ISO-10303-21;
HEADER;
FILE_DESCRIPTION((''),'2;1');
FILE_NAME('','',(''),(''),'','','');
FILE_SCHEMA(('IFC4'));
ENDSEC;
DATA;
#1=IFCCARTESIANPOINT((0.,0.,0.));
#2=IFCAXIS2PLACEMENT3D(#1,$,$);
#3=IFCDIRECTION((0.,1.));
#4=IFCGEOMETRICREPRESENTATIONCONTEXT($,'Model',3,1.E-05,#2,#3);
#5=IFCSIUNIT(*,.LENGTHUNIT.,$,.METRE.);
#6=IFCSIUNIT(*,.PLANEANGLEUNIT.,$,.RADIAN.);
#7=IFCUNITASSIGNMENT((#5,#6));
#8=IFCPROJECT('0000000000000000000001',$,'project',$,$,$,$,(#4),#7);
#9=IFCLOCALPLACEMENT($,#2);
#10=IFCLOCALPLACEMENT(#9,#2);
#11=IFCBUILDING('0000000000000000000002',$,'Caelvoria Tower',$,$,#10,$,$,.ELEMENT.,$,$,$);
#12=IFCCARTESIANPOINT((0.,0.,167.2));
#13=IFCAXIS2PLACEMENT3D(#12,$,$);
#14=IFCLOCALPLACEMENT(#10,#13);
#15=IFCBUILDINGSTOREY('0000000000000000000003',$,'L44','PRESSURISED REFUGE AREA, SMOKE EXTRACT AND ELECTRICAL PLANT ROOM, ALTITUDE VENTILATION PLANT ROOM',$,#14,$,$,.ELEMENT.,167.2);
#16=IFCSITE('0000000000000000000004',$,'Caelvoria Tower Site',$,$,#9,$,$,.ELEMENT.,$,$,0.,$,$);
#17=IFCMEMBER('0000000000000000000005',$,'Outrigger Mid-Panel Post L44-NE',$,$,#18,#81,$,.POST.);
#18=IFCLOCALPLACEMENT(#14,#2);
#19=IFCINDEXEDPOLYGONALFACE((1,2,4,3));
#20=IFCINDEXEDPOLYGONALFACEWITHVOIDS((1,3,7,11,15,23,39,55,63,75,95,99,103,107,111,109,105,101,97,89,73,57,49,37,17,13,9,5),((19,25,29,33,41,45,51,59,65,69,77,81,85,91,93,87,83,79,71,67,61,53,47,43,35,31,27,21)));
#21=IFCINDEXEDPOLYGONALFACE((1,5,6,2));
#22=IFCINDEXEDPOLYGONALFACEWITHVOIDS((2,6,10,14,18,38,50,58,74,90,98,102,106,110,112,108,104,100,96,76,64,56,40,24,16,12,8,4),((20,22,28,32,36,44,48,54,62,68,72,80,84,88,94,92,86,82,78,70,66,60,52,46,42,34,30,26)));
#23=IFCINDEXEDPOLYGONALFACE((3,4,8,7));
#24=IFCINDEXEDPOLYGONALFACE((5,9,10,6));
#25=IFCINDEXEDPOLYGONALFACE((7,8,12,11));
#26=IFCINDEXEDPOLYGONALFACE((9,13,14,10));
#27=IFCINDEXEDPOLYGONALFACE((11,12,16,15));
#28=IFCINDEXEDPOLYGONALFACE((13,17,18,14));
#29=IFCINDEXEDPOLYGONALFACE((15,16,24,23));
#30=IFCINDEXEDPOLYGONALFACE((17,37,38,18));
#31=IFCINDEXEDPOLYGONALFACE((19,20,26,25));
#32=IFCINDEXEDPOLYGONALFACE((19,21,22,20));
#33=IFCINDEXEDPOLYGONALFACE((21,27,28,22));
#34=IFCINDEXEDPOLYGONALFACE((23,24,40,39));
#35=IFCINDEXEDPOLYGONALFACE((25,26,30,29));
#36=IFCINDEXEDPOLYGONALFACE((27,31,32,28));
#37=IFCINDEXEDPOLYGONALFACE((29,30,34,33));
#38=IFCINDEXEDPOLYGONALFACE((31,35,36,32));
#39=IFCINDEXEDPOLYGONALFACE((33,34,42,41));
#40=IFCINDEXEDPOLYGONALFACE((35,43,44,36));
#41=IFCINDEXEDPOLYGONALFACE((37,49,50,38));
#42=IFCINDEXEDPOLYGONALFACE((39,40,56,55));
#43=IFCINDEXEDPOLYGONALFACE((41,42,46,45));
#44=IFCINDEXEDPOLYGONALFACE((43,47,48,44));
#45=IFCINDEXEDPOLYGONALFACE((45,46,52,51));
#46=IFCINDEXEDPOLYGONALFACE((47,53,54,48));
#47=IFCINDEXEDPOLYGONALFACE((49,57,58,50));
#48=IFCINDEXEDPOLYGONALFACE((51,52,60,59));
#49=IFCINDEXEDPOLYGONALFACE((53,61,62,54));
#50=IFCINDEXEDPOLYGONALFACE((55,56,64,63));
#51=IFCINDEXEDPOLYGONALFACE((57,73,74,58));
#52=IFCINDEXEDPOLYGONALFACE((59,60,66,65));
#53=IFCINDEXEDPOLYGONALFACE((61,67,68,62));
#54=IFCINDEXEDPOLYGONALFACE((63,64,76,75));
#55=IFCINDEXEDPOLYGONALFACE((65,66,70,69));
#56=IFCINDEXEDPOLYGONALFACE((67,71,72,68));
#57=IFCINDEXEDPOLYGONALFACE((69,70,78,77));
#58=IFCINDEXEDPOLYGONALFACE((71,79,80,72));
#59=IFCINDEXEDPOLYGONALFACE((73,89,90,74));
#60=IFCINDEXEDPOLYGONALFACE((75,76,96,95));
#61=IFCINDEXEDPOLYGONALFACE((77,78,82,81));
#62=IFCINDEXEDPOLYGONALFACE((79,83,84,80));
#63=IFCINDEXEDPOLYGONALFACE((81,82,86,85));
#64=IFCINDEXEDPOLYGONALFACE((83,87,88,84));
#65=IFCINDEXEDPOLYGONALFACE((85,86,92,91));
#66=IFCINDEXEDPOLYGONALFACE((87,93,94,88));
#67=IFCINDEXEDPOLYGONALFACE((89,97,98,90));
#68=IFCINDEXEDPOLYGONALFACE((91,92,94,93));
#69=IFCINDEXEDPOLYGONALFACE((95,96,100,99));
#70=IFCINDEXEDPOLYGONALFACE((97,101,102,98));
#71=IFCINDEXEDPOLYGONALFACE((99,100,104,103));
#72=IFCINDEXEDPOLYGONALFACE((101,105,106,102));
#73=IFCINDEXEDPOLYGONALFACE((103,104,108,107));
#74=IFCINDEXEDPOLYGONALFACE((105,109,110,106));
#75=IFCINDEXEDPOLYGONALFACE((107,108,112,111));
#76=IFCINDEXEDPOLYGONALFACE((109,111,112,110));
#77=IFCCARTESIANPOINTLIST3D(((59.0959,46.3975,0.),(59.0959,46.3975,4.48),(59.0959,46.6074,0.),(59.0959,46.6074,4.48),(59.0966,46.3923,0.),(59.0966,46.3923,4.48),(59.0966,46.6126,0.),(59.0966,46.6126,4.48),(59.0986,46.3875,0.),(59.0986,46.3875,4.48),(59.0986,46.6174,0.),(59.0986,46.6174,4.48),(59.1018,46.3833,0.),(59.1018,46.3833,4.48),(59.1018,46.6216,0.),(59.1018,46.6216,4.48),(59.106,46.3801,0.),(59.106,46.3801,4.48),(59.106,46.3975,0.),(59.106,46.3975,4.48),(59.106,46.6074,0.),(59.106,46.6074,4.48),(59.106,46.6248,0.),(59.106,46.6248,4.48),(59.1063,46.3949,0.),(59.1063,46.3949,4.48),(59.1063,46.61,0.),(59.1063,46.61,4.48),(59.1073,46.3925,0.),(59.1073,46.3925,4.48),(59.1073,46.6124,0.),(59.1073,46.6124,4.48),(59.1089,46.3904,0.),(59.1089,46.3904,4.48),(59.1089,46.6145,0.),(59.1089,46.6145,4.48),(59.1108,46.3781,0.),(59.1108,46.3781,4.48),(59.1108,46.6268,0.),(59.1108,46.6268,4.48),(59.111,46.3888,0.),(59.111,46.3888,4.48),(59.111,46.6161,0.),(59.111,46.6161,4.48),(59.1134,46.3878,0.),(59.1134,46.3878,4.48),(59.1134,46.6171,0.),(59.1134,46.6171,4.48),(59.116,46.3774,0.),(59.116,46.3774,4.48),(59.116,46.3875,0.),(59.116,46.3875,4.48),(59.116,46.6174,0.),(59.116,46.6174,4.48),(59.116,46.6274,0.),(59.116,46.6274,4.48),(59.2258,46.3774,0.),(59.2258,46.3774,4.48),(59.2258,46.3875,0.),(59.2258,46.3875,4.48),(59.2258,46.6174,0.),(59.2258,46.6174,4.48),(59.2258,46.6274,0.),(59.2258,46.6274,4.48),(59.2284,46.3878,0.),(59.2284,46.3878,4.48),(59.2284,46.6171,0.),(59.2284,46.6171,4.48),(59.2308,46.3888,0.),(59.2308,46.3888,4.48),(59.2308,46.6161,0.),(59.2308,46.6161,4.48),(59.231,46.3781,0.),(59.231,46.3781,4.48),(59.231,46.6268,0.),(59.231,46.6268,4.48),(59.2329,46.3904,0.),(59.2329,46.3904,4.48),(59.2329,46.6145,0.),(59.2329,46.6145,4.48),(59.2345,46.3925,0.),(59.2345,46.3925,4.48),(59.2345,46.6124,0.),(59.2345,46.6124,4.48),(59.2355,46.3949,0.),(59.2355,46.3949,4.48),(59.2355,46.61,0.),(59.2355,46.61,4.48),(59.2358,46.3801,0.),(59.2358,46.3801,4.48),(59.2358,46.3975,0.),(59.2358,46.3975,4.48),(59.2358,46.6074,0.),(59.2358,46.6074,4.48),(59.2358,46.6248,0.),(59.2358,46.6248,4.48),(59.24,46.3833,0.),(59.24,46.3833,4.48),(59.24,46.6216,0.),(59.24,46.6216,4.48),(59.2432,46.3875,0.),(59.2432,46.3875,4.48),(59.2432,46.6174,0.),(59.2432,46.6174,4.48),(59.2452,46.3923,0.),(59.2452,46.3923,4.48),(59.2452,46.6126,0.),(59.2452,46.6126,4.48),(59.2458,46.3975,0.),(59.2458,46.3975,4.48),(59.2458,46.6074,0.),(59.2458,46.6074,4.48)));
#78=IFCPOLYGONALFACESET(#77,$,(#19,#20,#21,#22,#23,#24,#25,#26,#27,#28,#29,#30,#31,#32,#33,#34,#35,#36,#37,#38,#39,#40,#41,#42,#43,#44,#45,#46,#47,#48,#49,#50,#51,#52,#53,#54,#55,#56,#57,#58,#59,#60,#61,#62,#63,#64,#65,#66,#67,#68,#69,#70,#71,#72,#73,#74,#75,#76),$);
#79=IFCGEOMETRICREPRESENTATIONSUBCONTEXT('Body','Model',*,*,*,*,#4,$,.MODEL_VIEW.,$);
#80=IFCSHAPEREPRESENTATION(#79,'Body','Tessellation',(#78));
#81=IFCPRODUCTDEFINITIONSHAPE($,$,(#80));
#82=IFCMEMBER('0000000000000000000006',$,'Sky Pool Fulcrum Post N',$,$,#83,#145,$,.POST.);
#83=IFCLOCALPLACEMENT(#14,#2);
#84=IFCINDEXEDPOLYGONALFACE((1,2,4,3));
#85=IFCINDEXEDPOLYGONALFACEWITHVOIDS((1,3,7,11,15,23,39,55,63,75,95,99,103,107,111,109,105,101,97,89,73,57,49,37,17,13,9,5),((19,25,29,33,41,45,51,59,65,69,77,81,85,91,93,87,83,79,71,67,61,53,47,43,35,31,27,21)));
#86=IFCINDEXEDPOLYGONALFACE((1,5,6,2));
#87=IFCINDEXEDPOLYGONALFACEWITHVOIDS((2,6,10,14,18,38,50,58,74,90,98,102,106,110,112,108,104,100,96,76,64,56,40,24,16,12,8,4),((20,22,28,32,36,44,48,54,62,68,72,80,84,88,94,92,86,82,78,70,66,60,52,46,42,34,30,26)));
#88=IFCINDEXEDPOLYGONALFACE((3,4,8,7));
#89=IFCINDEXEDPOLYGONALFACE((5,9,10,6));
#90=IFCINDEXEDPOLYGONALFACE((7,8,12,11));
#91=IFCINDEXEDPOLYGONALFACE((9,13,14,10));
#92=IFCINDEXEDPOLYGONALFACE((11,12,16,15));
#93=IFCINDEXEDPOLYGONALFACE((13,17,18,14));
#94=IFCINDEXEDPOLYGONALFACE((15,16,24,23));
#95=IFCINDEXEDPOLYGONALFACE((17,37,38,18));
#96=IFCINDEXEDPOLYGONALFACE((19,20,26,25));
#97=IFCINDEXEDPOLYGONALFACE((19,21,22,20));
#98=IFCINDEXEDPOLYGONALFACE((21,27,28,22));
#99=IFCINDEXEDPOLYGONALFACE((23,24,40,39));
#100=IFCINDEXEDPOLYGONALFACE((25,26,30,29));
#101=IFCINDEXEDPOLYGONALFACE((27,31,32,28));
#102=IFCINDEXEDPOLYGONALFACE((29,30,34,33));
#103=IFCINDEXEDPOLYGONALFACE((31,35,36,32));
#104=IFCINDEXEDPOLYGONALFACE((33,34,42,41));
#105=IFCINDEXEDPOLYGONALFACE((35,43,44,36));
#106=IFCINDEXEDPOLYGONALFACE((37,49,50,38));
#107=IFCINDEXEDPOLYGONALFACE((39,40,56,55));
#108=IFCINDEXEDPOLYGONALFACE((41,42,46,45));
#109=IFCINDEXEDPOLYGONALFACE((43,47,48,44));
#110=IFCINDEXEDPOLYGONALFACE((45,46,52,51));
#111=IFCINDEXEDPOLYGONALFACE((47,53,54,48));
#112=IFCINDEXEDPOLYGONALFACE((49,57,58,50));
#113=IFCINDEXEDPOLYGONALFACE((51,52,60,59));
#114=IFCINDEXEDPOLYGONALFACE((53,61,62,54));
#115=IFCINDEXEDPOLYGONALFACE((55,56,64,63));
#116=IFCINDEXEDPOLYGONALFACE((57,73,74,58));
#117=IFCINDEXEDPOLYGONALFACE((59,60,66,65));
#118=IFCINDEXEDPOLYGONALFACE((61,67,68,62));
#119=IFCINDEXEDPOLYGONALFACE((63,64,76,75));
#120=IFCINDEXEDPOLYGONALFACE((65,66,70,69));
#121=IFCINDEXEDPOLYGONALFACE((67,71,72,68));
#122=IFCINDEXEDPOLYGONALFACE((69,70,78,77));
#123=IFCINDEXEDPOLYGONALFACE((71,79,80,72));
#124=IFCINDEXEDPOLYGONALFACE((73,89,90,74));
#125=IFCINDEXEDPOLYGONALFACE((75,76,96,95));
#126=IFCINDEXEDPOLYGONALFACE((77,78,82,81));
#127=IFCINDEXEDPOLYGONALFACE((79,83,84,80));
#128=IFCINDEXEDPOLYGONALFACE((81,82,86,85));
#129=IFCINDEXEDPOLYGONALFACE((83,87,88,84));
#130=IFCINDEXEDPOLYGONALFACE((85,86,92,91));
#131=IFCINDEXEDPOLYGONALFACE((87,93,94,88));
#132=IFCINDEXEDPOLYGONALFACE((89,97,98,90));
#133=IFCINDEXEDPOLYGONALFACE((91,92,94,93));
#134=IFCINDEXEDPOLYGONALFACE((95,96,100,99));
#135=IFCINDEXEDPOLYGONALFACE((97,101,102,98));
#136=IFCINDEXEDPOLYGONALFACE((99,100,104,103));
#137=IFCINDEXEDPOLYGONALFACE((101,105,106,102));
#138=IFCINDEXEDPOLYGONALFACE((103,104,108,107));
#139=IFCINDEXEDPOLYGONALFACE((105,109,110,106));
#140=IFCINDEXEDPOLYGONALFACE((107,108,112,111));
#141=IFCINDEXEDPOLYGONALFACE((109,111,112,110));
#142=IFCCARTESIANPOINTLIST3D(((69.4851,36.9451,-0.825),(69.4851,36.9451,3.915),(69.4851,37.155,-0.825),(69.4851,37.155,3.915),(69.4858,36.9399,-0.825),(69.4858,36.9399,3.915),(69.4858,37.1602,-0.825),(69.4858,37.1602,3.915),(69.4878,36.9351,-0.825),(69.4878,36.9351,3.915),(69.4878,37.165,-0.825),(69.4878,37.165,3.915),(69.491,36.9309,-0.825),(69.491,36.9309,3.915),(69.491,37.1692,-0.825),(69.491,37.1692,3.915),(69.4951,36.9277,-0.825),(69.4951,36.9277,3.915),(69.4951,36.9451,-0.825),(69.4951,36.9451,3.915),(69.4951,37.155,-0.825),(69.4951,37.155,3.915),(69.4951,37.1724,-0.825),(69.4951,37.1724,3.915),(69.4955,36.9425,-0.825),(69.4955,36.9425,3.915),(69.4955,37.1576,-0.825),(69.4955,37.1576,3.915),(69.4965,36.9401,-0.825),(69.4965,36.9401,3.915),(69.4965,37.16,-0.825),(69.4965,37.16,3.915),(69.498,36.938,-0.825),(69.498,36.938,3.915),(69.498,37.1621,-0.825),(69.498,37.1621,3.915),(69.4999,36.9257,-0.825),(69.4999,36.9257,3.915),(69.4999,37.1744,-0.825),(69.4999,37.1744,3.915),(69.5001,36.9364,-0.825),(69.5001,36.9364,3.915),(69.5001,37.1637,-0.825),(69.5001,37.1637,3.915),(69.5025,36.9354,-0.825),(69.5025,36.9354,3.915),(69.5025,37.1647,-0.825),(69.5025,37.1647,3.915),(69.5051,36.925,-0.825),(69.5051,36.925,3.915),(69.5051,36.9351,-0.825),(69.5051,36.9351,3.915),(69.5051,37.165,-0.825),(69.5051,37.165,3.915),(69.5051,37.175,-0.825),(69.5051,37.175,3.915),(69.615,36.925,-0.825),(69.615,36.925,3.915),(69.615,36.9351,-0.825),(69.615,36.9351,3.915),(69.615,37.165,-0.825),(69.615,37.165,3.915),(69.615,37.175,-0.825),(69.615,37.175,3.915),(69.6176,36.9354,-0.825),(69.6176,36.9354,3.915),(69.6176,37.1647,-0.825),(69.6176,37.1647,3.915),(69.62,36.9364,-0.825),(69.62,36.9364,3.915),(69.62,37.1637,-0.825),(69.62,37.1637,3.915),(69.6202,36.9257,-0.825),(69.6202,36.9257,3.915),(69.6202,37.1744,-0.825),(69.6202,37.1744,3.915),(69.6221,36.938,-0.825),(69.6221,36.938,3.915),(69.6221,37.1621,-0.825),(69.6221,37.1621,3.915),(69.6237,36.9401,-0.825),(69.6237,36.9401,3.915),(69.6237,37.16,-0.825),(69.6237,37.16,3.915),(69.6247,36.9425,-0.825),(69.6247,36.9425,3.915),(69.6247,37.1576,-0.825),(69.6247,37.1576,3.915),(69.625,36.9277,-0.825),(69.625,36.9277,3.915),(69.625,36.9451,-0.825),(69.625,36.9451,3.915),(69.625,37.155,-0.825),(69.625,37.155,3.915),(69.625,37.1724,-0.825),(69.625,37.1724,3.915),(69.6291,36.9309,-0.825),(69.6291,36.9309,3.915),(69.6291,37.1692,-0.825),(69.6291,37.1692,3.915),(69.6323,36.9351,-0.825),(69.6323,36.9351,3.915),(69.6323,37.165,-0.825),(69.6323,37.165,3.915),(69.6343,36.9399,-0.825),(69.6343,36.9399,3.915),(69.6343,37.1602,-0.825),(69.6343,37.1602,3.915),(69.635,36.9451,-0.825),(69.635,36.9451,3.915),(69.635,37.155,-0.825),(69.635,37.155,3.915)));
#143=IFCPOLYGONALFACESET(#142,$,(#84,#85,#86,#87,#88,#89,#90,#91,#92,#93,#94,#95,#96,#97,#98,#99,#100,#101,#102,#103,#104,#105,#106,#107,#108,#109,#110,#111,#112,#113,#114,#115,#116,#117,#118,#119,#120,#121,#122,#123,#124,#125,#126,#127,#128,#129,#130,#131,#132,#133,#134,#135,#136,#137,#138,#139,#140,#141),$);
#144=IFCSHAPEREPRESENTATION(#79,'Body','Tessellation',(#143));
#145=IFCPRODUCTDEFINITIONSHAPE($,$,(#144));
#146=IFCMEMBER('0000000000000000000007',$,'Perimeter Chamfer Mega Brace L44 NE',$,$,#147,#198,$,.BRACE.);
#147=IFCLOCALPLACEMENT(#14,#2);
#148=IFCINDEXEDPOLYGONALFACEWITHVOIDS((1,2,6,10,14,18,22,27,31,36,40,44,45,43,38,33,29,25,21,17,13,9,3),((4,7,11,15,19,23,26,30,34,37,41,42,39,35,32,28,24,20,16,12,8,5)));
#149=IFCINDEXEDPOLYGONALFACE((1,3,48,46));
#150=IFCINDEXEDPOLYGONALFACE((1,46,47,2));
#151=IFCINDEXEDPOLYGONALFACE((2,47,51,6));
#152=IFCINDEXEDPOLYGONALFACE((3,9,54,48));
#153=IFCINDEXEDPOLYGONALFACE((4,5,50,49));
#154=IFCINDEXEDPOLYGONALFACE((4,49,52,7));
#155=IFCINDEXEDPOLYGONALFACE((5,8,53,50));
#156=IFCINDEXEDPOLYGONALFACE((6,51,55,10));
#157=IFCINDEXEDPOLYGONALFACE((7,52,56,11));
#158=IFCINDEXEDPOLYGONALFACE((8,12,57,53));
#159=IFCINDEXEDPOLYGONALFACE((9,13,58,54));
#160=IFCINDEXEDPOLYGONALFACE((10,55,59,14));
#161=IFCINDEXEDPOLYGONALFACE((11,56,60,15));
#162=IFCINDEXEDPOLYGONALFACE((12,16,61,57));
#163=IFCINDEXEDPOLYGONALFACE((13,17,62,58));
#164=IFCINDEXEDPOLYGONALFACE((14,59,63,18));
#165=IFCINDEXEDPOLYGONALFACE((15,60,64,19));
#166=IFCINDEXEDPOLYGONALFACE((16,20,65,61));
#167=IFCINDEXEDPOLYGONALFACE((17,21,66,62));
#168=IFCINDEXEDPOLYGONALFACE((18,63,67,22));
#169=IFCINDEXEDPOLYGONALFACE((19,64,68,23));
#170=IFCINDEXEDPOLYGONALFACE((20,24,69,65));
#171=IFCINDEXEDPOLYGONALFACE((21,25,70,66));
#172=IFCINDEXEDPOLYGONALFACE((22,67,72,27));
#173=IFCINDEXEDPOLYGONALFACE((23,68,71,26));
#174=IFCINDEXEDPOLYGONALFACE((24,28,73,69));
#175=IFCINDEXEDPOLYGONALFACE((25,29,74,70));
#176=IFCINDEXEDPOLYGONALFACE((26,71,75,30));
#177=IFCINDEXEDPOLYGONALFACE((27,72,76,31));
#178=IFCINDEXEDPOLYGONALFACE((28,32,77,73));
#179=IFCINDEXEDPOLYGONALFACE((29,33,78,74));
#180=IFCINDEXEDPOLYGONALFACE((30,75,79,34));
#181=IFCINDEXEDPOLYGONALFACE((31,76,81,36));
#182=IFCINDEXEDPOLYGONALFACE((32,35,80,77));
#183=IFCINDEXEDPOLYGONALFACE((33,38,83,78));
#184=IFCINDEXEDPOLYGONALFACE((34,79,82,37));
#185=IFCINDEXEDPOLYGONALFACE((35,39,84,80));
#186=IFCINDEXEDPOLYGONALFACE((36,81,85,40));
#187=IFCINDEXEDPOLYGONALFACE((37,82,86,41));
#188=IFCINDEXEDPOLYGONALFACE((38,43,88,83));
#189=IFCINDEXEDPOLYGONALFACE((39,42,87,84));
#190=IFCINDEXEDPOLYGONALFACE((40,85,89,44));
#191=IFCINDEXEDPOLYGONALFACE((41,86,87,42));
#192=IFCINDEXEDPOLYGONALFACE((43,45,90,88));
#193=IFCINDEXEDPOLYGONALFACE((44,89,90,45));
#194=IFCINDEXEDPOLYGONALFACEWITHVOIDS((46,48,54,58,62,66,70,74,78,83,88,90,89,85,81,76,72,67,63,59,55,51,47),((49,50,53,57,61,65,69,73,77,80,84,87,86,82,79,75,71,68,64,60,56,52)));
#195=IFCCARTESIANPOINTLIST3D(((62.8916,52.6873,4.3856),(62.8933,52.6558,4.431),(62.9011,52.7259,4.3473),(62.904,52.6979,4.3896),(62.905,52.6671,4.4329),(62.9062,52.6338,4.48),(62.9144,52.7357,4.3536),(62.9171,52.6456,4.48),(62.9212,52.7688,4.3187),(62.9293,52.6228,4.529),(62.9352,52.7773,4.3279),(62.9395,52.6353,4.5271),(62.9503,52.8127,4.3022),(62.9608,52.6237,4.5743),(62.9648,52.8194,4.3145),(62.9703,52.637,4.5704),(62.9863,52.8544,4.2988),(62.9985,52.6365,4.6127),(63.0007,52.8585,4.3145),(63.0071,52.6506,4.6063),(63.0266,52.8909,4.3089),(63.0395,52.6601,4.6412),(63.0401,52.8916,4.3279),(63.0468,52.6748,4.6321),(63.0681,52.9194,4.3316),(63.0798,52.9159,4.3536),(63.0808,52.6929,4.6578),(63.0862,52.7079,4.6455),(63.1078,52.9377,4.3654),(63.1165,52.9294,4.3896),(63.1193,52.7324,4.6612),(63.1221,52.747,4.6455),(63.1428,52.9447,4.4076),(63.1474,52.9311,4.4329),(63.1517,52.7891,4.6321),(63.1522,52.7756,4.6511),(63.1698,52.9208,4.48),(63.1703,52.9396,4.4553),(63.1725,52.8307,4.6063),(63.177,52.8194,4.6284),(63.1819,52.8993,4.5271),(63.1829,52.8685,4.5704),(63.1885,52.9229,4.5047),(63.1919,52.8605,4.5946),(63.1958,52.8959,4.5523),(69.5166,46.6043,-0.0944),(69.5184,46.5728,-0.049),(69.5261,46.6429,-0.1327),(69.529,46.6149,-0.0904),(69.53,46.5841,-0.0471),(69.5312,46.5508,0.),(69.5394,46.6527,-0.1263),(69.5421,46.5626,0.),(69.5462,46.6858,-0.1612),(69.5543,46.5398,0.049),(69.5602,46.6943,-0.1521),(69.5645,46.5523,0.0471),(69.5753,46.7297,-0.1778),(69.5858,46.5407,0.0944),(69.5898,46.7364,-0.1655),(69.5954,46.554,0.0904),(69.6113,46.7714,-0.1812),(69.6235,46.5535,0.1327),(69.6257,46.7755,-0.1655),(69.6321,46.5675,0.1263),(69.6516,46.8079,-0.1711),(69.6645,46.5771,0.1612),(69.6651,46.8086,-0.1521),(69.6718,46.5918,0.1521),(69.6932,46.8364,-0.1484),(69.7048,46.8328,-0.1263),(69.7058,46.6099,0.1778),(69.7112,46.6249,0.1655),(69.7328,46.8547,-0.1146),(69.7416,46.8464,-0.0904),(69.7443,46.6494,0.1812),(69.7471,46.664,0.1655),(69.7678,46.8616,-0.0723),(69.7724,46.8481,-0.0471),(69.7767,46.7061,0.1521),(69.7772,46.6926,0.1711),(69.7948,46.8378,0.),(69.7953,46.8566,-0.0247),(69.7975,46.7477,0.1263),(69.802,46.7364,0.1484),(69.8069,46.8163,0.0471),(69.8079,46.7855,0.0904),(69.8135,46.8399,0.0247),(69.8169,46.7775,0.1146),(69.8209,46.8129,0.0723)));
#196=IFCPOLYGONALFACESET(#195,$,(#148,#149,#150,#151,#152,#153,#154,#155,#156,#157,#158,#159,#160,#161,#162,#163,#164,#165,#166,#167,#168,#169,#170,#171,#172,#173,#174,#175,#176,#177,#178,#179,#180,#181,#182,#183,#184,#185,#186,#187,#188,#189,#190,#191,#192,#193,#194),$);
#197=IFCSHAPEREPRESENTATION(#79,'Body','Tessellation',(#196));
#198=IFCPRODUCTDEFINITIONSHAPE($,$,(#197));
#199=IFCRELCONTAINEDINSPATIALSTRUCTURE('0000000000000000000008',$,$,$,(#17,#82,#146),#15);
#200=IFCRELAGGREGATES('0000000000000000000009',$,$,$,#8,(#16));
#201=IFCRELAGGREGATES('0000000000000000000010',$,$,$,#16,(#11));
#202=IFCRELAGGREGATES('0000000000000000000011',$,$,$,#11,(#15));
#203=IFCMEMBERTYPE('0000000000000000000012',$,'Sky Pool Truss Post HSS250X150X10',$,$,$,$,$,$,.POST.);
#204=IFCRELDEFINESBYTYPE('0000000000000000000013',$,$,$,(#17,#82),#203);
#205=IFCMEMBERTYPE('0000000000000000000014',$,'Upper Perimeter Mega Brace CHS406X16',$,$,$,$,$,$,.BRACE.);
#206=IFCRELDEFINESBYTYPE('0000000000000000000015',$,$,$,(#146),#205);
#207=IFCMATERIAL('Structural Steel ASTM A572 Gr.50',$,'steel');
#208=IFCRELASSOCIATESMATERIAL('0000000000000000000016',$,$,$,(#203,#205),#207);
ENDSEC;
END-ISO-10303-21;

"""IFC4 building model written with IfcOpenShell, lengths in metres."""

from ifc_helpers import new_model, si_unit, direction, frame, origin, origin_2d, place, context, subcontext, project, spatial, hollow_rectangle, hollow_circle, extrude, material, material_profile, profile_set, type_object, element, save


model = new_model("IFC4")

# Units and contexts
model_context = context("Model", 3, precision=1e-05, world=origin(), true_north=direction((0.0, 1.0)))
body_context = subcontext(model_context, "Body", "Model", "MODEL_VIEW")
ifc_project = project(units=[si_unit("LENGTHUNIT", "METRE"), si_unit("PLANEANGLEUNIT", "RADIAN")], contexts=[model_context])

# Site, building, storey
site_placement = place(None, origin())
site = spatial("IfcSite", under=ifc_project, at=site_placement, Name="Caelvoria Tower Site", CompositionType="ELEMENT", RefElevation=0.0)
building_placement = place(site_placement, origin())
building = spatial("IfcBuilding", under=site, at=building_placement, Name="Caelvoria Tower", CompositionType="ELEMENT")
storey_placement = place(building_placement, frame((0.0, 0.0, 167.2)))
storey = spatial("IfcBuildingStorey", under=building, at=storey_placement, Name="L44", Description="PRESSURISED REFUGE AREA, SMOKE EXTRACT AND ELECTRICAL PLANT ROOM, ALTITUDE VENTILATION PLANT ROOM", CompositionType="ELEMENT", Elevation=167.2)

# Shared definitions
ifc_material_1 = material(Name="Structural Steel ASTM A572 Gr.50", Category="steel")

# Members
ifc_material_profile_1 = material_profile(ifc_material_1, hollow_rectangle(XDim=0.1499, YDim=0.25, WallThickness=0.01, InnerFilletRadius=0.01, OuterFilletRadius=0.02, at=origin_2d()), Name="Structural Steel ASTM A572 Gr.50")
ifc_profile_set_1 = profile_set([ifc_material_profile_1], Name="HSS250X150X10 - Structural Steel ASTM A572 Gr.50")
member_type_1 = type_object("IfcMemberType", Name="Sky Pool Truss Post HSS250X150X10", PredefinedType="POST", material=ifc_profile_set_1)
member_1_placement = place(storey_placement, frame((59.1709, 46.5024, 0.0), z_axis=(0.0, 0.0, 1.0), x_axis=(1.0, 0.0, 0.0)))
element("IfcMember", 1, at=member_1_placement, inside=storey, type_object=member_type_1, Name="Outrigger Mid-Panel Post L44-NE", PredefinedType="POST", context=body_context, shape_type="SweptSolid", body=[
    extrude(hollow_rectangle(XDim=0.1499, YDim=0.25, WallThickness=0.01, InnerFilletRadius=0.01, OuterFilletRadius=0.02, at=origin_2d()), origin(), (0.0, 0.0, 1.0), 4.48),
])
member_2_placement = place(storey_placement, frame((69.5601, 37.05, -0.825), z_axis=(0.0, 0.0, 1.0), x_axis=(1.0, 0.0, 0.0)))
element("IfcMember", 2, at=member_2_placement, inside=storey, type_object=member_type_1, Name="Sky Pool Fulcrum Post N", PredefinedType="POST", context=body_context, shape_type="SweptSolid", body=[
    extrude(hollow_rectangle(XDim=0.1499, YDim=0.25, WallThickness=0.01, InnerFilletRadius=0.01, OuterFilletRadius=0.02, at=origin_2d()), origin(), (0.0, 0.0, 1.0), 4.74),
])
ifc_material_profile_2 = material_profile(ifc_material_1, hollow_circle(Radius=0.2029, WallThickness=0.0161, at=origin_2d()), Name="Structural Steel ASTM A572 Gr.50")
ifc_profile_set_2 = profile_set([ifc_material_profile_2], Name="CHS406X16 - Structural Steel ASTM A572 Gr.50")
member_type_2 = type_object("IfcMemberType", Name="Upper Perimeter Mega Brace CHS406X16", PredefinedType="BRACE", material=ifc_profile_set_2)
member_3_placement = place(storey_placement, frame((69.6685, 46.7002, 0.0), z_axis=(-0.65933, 0.60539, 0.445855), x_axis=(-0.676334, -0.736595, 0.0)))
element("IfcMember", 3, at=member_3_placement, inside=storey, type_object=member_type_2, Name="Perimeter Chamfer Mega Brace L44 NE", PredefinedType="BRACE", context=body_context, shape_type="SweptSolid", body=[
    extrude(hollow_circle(Radius=0.2029, WallThickness=0.0161, at=origin_2d()), origin(), (0.0, 0.0, 1.0), 10.0481),
])

save(model, "model.ifc")
